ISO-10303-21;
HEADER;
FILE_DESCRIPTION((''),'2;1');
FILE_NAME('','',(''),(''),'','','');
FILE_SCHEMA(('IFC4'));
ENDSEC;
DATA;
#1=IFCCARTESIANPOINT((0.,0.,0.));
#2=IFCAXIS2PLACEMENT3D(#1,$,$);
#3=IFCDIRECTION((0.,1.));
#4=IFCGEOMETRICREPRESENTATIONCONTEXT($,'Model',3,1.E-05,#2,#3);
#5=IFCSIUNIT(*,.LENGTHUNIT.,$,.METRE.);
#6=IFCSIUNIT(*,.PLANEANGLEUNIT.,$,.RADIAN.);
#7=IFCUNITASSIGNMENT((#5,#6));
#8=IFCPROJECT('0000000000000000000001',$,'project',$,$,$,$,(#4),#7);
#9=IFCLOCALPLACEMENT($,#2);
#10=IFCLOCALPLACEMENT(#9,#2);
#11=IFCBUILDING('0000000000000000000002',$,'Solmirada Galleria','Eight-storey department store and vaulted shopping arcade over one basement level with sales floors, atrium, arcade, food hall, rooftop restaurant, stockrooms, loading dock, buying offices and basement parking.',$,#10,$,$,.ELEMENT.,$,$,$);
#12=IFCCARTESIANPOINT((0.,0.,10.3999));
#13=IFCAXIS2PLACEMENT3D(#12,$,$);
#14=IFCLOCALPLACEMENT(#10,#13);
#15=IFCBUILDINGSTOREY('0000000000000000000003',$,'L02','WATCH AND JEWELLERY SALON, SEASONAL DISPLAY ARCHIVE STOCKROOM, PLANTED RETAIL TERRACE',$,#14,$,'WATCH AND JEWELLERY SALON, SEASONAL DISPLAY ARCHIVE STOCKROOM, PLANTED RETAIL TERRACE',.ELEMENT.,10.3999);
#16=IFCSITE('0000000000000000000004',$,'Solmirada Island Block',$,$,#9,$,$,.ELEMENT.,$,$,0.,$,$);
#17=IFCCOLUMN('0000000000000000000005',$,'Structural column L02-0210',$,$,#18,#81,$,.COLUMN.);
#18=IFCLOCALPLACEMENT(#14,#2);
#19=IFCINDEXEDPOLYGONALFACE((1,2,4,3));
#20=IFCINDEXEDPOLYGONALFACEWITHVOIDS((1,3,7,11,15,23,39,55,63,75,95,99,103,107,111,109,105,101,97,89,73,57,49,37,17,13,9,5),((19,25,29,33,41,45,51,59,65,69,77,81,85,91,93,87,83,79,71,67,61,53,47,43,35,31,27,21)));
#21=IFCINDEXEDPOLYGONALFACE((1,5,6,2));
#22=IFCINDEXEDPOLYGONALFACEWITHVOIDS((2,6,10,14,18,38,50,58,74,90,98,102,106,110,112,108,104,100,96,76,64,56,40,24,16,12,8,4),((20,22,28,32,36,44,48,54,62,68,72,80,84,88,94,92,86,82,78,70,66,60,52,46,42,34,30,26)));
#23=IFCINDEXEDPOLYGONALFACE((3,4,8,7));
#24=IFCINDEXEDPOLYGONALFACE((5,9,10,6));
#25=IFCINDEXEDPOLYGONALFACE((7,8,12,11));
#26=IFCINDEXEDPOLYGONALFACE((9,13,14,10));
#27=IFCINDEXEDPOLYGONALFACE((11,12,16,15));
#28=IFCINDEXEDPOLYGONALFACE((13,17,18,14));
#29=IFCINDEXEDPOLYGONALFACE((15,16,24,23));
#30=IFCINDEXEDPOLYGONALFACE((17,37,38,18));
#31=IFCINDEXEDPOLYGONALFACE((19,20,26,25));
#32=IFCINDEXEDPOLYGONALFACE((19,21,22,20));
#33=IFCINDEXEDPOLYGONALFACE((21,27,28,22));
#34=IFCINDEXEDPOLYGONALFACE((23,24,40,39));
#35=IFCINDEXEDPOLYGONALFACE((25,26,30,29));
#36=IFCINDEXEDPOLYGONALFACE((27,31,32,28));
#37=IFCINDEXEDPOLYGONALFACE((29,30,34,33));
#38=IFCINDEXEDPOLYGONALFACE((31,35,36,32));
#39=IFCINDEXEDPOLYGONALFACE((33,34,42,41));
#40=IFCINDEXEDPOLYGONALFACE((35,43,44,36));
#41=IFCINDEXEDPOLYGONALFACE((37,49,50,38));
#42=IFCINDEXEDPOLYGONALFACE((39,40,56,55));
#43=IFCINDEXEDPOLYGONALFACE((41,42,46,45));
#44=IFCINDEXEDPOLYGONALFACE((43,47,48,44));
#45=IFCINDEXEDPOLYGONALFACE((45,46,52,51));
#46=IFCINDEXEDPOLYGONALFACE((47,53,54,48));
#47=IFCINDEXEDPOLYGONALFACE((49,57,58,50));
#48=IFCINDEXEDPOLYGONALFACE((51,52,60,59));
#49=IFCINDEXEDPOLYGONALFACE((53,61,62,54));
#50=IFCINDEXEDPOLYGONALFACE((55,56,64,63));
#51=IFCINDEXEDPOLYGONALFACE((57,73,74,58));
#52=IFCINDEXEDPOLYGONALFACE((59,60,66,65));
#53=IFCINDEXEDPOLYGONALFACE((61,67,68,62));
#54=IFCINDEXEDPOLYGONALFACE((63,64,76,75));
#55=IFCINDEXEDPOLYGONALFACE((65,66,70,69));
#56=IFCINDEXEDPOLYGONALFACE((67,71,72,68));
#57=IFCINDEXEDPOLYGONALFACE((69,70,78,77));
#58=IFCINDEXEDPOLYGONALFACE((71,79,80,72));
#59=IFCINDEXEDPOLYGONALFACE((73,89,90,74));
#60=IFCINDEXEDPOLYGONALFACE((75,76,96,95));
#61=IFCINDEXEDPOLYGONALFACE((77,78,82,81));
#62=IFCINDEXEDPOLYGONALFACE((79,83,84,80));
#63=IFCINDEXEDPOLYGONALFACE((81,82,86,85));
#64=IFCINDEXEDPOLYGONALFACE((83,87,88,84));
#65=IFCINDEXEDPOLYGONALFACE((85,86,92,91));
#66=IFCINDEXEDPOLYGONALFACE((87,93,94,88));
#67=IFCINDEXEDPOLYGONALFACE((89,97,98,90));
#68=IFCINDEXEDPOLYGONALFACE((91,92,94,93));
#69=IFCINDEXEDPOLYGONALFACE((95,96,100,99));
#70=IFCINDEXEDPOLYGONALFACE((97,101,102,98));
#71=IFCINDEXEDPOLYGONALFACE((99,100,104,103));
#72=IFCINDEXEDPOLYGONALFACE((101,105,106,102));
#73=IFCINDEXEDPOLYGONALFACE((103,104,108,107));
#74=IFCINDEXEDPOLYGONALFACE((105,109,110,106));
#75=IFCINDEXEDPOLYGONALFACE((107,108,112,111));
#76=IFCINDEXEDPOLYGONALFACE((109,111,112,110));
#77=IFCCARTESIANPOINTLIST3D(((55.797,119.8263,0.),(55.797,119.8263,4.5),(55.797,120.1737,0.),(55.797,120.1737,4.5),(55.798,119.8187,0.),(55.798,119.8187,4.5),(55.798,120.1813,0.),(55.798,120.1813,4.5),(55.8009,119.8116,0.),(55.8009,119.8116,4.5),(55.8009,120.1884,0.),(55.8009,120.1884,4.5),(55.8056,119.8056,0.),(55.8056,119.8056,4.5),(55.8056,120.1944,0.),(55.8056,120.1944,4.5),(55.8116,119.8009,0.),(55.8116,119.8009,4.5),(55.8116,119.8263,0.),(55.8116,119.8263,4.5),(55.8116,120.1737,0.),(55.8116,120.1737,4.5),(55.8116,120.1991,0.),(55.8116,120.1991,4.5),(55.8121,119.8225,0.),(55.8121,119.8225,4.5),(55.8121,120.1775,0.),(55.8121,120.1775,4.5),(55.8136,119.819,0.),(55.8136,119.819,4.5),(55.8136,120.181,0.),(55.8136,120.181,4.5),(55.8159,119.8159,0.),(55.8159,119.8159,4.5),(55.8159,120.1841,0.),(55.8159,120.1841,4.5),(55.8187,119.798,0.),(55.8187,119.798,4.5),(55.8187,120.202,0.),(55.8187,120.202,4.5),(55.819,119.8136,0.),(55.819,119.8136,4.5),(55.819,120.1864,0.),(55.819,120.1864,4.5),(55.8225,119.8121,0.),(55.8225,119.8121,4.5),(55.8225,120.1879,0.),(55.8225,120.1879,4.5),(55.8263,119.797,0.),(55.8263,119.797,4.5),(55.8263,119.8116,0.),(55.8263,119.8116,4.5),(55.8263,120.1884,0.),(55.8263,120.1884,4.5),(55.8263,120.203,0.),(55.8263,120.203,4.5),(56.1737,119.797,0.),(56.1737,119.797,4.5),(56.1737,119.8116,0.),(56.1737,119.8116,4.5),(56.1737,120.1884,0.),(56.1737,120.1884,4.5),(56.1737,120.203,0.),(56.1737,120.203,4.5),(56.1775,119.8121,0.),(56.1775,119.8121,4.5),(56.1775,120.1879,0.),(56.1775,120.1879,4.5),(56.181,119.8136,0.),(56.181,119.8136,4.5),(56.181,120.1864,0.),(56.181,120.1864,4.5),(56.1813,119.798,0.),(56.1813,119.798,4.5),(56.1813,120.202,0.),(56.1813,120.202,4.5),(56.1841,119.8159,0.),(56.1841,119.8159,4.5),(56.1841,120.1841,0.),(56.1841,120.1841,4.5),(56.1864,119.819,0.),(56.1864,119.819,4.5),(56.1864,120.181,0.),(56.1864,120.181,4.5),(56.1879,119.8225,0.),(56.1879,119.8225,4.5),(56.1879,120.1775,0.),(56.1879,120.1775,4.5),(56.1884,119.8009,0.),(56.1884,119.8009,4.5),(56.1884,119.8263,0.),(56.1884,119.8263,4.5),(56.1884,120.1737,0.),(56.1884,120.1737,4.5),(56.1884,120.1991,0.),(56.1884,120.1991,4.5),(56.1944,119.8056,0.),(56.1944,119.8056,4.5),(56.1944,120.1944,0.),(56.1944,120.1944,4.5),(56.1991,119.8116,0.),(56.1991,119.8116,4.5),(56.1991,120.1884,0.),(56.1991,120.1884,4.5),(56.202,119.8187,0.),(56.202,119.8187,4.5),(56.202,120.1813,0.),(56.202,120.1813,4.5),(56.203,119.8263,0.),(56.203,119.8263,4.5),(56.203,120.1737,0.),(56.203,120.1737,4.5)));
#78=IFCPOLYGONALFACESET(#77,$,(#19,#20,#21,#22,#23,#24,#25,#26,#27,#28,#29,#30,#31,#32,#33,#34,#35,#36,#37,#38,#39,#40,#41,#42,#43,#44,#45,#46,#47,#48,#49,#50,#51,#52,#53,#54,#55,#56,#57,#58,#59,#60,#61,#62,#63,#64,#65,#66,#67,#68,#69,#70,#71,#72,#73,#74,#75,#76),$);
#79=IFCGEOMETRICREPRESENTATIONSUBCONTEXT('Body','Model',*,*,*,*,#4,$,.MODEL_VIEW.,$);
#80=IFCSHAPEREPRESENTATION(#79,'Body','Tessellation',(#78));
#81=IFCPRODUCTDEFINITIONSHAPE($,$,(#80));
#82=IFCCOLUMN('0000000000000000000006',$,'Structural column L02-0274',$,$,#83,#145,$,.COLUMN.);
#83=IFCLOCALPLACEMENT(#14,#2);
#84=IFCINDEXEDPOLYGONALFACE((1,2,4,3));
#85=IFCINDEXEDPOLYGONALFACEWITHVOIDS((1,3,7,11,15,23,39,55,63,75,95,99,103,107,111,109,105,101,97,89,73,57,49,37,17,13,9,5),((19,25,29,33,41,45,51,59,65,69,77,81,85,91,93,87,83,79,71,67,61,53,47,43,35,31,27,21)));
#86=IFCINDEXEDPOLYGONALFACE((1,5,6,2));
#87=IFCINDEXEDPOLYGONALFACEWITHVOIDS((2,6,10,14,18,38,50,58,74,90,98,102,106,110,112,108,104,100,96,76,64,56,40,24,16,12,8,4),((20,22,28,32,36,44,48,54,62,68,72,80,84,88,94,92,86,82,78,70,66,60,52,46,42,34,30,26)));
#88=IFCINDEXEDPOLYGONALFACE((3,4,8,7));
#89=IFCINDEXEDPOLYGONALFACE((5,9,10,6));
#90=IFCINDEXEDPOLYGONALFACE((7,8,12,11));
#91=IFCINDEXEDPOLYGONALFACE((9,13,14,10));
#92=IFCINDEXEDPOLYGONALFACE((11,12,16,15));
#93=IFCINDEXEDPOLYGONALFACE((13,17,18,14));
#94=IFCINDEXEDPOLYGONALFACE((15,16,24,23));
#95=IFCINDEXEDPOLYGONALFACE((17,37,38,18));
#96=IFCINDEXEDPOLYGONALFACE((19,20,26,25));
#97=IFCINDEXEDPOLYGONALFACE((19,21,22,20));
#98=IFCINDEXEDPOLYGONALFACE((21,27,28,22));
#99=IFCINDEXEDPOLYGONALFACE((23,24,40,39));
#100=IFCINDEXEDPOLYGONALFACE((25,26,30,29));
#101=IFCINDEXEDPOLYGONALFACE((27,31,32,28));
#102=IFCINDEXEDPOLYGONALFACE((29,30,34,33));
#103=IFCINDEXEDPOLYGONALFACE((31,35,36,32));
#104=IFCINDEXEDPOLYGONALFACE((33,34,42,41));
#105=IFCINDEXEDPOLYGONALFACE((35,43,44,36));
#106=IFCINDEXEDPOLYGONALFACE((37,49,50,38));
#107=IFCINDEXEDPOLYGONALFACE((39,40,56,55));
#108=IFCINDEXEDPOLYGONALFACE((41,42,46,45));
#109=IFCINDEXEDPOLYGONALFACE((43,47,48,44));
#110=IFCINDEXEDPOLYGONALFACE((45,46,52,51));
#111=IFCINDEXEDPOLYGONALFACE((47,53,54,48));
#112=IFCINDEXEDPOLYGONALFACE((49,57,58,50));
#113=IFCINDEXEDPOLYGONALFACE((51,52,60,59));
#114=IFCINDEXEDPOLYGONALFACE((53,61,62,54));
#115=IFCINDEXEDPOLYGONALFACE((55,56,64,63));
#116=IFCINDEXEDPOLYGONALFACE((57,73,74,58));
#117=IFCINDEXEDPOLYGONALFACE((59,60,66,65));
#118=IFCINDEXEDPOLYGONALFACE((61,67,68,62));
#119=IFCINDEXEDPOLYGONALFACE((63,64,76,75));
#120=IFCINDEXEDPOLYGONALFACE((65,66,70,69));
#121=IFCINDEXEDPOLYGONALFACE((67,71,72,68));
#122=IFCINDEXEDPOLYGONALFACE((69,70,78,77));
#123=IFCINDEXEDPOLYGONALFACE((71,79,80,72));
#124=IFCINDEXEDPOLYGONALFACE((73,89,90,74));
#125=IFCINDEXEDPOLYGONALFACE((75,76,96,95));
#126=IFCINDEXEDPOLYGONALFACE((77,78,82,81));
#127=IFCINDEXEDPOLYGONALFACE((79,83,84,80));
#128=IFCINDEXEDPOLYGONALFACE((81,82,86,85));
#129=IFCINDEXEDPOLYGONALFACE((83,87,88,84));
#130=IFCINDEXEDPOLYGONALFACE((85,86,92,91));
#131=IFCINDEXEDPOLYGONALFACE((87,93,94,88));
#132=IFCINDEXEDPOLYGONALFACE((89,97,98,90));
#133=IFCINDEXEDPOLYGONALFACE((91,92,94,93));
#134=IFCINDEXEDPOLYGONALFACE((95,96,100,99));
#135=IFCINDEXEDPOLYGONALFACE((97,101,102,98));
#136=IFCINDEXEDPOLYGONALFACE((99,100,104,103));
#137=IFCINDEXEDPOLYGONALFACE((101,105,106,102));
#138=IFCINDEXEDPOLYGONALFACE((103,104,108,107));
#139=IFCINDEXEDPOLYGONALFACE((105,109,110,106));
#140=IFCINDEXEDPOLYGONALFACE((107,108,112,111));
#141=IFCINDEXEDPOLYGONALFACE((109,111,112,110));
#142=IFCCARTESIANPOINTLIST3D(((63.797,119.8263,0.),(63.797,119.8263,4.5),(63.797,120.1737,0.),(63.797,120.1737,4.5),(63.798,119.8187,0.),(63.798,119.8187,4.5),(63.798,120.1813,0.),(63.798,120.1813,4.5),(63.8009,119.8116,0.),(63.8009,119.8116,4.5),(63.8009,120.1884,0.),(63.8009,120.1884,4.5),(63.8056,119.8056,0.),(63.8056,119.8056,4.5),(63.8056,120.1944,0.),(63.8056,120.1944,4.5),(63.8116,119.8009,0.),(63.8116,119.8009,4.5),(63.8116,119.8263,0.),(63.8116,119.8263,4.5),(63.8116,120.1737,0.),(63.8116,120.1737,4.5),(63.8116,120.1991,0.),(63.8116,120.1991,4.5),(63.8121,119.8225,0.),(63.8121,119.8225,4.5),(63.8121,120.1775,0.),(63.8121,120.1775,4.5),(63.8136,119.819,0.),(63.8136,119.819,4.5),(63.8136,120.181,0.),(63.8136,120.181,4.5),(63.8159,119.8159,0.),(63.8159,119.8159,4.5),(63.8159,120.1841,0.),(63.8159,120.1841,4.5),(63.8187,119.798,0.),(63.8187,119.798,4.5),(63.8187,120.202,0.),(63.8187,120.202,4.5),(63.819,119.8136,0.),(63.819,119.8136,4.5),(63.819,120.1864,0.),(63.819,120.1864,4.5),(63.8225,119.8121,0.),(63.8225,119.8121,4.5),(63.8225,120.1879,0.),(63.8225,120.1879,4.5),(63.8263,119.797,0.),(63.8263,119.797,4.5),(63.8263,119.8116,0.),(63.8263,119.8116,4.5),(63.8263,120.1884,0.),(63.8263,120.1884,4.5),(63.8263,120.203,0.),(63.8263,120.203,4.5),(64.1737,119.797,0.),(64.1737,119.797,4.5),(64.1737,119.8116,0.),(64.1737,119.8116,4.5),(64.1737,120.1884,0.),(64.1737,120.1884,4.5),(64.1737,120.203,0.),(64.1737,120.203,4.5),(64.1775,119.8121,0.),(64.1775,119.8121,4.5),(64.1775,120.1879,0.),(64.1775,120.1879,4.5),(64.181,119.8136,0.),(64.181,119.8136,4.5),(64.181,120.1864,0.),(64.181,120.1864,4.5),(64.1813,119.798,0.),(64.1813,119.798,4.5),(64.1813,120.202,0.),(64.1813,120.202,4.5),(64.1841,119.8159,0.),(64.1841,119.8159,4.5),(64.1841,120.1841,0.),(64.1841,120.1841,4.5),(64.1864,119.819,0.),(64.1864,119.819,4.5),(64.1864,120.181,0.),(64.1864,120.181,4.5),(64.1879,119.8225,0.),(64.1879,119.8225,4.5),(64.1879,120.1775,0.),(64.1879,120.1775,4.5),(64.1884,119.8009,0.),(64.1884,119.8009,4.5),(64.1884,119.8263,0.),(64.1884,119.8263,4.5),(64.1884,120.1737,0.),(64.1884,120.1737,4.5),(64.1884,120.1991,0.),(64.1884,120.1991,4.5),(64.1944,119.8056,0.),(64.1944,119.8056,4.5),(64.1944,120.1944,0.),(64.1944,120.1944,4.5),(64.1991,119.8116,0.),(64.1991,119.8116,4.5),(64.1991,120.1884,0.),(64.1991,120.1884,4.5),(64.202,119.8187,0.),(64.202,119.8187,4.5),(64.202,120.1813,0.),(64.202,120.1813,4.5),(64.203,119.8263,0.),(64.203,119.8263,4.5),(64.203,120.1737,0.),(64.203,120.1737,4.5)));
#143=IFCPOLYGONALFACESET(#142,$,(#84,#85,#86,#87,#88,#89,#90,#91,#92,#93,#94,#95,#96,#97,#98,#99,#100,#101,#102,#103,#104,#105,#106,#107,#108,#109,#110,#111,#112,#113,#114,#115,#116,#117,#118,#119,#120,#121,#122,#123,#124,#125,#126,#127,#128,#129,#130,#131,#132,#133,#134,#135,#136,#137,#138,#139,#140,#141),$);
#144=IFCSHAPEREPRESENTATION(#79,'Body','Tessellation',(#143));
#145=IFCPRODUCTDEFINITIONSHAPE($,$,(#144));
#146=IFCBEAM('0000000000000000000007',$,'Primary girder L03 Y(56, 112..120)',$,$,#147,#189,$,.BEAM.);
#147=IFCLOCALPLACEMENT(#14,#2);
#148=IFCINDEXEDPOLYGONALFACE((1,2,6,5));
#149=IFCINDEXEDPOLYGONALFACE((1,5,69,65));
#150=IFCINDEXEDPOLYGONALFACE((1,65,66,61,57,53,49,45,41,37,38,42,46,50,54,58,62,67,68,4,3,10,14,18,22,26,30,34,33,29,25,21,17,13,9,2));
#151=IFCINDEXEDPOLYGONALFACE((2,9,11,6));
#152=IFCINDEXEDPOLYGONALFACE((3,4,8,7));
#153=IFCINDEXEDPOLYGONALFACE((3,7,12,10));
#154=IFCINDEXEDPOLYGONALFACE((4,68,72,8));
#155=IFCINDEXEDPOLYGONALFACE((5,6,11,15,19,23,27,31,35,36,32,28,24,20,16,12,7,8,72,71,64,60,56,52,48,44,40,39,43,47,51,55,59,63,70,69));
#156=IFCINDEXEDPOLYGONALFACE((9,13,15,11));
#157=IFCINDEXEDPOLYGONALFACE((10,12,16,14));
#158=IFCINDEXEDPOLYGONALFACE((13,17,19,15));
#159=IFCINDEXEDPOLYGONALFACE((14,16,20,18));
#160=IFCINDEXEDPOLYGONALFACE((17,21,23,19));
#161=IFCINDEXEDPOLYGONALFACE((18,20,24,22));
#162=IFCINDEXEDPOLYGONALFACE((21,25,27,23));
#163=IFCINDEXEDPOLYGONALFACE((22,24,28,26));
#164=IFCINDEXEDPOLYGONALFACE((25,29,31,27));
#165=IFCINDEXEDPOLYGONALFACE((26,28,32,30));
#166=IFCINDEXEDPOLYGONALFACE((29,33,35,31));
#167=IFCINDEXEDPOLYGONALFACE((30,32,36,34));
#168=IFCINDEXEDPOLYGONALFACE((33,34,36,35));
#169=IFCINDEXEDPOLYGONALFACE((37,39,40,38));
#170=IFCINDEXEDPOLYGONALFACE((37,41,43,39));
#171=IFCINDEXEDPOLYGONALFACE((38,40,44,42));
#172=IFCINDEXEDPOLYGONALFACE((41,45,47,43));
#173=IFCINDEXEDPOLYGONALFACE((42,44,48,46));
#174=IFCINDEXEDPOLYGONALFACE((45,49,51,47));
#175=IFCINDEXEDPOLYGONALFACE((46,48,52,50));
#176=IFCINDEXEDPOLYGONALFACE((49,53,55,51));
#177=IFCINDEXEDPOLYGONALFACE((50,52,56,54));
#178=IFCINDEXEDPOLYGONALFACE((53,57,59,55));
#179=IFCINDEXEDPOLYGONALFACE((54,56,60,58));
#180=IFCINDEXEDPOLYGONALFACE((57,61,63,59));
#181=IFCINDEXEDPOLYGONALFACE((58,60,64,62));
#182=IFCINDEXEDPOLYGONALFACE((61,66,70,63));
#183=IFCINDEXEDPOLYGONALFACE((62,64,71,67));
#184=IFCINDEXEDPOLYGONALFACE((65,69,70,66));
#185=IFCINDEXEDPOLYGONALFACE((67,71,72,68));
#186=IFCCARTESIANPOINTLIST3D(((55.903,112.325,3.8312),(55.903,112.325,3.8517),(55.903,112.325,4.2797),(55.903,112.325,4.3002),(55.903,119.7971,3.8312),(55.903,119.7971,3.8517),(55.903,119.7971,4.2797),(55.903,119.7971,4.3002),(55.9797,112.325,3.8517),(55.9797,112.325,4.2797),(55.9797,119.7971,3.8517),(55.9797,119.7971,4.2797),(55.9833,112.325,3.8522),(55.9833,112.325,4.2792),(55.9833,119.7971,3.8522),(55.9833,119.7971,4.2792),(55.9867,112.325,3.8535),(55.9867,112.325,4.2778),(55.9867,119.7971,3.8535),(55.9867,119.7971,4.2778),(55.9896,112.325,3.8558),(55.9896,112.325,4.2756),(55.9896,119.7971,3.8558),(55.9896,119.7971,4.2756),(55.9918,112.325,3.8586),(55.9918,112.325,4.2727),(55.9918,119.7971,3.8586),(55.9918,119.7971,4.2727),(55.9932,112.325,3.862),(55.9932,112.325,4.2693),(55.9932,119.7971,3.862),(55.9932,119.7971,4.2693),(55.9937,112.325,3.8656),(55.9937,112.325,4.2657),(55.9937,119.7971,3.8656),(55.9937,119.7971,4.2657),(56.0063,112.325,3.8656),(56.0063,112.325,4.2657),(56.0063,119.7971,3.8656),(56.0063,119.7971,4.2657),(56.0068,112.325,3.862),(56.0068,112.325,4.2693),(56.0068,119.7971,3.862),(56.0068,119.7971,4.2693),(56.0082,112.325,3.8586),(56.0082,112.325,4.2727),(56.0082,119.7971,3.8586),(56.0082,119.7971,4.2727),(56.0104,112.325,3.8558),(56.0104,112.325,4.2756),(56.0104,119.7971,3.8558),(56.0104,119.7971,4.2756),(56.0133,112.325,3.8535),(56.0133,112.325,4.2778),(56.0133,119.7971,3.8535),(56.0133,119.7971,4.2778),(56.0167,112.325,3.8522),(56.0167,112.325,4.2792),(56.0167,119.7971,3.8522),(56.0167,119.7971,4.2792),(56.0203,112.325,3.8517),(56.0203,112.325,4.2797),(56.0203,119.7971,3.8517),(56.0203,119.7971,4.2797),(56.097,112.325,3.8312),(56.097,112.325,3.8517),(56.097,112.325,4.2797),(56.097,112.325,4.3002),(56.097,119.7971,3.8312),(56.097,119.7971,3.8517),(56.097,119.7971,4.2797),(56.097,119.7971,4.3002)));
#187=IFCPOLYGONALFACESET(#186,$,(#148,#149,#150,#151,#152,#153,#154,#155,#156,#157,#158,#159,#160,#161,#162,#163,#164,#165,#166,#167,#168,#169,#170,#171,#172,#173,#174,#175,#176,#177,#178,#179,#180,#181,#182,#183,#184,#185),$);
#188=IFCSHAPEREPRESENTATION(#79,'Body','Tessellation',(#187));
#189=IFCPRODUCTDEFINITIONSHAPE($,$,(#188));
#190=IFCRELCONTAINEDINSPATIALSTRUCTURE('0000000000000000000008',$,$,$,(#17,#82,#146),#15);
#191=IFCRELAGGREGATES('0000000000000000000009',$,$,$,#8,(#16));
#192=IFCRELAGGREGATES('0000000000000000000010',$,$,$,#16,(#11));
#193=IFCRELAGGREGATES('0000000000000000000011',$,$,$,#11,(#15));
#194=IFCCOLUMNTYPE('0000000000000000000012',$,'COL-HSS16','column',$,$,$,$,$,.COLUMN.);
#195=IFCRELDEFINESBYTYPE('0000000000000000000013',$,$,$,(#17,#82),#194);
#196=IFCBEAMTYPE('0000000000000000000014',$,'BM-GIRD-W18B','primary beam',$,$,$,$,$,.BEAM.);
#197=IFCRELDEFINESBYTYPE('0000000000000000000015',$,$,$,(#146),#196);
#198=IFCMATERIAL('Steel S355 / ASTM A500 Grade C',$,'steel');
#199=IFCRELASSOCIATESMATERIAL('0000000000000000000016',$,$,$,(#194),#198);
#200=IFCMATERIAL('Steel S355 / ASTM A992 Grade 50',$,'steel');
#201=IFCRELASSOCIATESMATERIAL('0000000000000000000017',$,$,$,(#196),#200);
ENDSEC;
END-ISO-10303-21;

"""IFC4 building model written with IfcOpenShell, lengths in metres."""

from ifc_helpers import new_model, si_unit, direction, frame, origin, origin_2d, place, context, subcontext, project, spatial, hollow_rectangle, i_section, extrude, material, material_profile, profile_set, type_object, element, save


model = new_model("IFC4")

# Units and contexts
model_context = context("Model", 3, precision=1e-05, world=origin(), true_north=direction((0.0, 1.0)))
body_context = subcontext(model_context, "Body", "Model", "MODEL_VIEW")
ifc_project = project(units=[si_unit("LENGTHUNIT", "METRE"), si_unit("PLANEANGLEUNIT", "RADIAN")], contexts=[model_context])

# Site, building, storey
site_placement = place(None, origin())
site = spatial("IfcSite", under=ifc_project, at=site_placement, Name="Solmirada Island Block", CompositionType="ELEMENT", RefElevation=0.0)
building_placement = place(site_placement, origin())
building = spatial("IfcBuilding", under=site, at=building_placement, Name="Solmirada Galleria", Description="Eight-storey department store and vaulted shopping arcade over one basement level with sales floors, atrium, arcade, food hall, rooftop restaurant, stockrooms, loading dock, buying offices and basement parking.", CompositionType="ELEMENT")
storey_placement = place(building_placement, frame((0.0, 0.0, 10.3999)))
storey = spatial("IfcBuildingStorey", under=building, at=storey_placement, Name="L02", Description="WATCH AND JEWELLERY SALON, SEASONAL DISPLAY ARCHIVE STOCKROOM, PLANTED RETAIL TERRACE", LongName="WATCH AND JEWELLERY SALON, SEASONAL DISPLAY ARCHIVE STOCKROOM, PLANTED RETAIL TERRACE", CompositionType="ELEMENT", Elevation=10.3999)

# Columns
ifc_material_1 = material(Name="Steel S355 / ASTM A500 Grade C", Category="steel")
ifc_material_profile_1 = material_profile(ifc_material_1, hollow_rectangle(XDim=0.406, YDim=0.406, WallThickness=0.0146, InnerFilletRadius=0.0146, OuterFilletRadius=0.0293, at=origin_2d()), Name="HSS16X16X5/8")
ifc_profile_set_1 = profile_set([ifc_material_profile_1], Name="Steel S355 / ASTM A500 Grade C")
column_type = type_object("IfcColumnType", Name="COL-HSS16", Description="column", PredefinedType="COLUMN", material=ifc_profile_set_1)
for number, where, z_axis, x_axis, name in (
    (1, (56.0, 120.0, 0.0), (0.0, 0.0, 1.0), (1.0, 0.0, 0.0), "Structural column L02-0210"),
    (2, (64.0, 120.0, 0.0), (0.0, 0.0, 1.0), (1.0, 0.0, 0.0), "Structural column L02-0274"),
):
    element("IfcColumn", number, at=place(storey_placement, frame(where, z_axis=z_axis, x_axis=x_axis)), inside=storey, type_object=column_type, Name=name, PredefinedType="COLUMN", context=body_context, shape_type="SweptSolid", body=[
        extrude(hollow_rectangle(XDim=0.406, YDim=0.406, WallThickness=0.0146, InnerFilletRadius=0.0146, OuterFilletRadius=0.0293, at=origin_2d()), origin(), (0.0, 0.0, 1.0), 4.5),
    ])

# Beam
ifc_material_2 = material(Name="Steel S355 / ASTM A992 Grade 50", Category="steel")
ifc_material_profile_2 = material_profile(ifc_material_2, i_section(OverallWidth=0.1941, OverallDepth=0.469, WebThickness=0.0127, FlangeThickness=0.0205, FilletRadius=0.0139, at=origin_2d()), Name="W18X71")
ifc_profile_set_2 = profile_set([ifc_material_profile_2], Name="Steel S355 / ASTM A992 Grade 50")
beam_type_1 = type_object("IfcBeamType", Name="BM-GIRD-W18B", Description="primary beam", PredefinedType="BEAM", material=ifc_profile_set_2)
beam_1_placement = place(storey_placement, frame((56.0, 112.325, 4.0657), z_axis=(0.0, 1.0, 0.0), x_axis=(-1.0, 0.0, 0.0)))
element("IfcBeam", 3, at=beam_1_placement, inside=storey, type_object=beam_type_1, Name="Primary girder L03 Y(56, 112..120)", PredefinedType="BEAM", context=body_context, shape_type="SweptSolid", body=[
    extrude(i_section(OverallWidth=0.1941, OverallDepth=0.469, WebThickness=0.0127, FlangeThickness=0.0205, FilletRadius=0.0139, at=origin_2d()), origin(), (0.0, 0.0, 1.0), 7.4722),
])

save(model, "model.ifc")
